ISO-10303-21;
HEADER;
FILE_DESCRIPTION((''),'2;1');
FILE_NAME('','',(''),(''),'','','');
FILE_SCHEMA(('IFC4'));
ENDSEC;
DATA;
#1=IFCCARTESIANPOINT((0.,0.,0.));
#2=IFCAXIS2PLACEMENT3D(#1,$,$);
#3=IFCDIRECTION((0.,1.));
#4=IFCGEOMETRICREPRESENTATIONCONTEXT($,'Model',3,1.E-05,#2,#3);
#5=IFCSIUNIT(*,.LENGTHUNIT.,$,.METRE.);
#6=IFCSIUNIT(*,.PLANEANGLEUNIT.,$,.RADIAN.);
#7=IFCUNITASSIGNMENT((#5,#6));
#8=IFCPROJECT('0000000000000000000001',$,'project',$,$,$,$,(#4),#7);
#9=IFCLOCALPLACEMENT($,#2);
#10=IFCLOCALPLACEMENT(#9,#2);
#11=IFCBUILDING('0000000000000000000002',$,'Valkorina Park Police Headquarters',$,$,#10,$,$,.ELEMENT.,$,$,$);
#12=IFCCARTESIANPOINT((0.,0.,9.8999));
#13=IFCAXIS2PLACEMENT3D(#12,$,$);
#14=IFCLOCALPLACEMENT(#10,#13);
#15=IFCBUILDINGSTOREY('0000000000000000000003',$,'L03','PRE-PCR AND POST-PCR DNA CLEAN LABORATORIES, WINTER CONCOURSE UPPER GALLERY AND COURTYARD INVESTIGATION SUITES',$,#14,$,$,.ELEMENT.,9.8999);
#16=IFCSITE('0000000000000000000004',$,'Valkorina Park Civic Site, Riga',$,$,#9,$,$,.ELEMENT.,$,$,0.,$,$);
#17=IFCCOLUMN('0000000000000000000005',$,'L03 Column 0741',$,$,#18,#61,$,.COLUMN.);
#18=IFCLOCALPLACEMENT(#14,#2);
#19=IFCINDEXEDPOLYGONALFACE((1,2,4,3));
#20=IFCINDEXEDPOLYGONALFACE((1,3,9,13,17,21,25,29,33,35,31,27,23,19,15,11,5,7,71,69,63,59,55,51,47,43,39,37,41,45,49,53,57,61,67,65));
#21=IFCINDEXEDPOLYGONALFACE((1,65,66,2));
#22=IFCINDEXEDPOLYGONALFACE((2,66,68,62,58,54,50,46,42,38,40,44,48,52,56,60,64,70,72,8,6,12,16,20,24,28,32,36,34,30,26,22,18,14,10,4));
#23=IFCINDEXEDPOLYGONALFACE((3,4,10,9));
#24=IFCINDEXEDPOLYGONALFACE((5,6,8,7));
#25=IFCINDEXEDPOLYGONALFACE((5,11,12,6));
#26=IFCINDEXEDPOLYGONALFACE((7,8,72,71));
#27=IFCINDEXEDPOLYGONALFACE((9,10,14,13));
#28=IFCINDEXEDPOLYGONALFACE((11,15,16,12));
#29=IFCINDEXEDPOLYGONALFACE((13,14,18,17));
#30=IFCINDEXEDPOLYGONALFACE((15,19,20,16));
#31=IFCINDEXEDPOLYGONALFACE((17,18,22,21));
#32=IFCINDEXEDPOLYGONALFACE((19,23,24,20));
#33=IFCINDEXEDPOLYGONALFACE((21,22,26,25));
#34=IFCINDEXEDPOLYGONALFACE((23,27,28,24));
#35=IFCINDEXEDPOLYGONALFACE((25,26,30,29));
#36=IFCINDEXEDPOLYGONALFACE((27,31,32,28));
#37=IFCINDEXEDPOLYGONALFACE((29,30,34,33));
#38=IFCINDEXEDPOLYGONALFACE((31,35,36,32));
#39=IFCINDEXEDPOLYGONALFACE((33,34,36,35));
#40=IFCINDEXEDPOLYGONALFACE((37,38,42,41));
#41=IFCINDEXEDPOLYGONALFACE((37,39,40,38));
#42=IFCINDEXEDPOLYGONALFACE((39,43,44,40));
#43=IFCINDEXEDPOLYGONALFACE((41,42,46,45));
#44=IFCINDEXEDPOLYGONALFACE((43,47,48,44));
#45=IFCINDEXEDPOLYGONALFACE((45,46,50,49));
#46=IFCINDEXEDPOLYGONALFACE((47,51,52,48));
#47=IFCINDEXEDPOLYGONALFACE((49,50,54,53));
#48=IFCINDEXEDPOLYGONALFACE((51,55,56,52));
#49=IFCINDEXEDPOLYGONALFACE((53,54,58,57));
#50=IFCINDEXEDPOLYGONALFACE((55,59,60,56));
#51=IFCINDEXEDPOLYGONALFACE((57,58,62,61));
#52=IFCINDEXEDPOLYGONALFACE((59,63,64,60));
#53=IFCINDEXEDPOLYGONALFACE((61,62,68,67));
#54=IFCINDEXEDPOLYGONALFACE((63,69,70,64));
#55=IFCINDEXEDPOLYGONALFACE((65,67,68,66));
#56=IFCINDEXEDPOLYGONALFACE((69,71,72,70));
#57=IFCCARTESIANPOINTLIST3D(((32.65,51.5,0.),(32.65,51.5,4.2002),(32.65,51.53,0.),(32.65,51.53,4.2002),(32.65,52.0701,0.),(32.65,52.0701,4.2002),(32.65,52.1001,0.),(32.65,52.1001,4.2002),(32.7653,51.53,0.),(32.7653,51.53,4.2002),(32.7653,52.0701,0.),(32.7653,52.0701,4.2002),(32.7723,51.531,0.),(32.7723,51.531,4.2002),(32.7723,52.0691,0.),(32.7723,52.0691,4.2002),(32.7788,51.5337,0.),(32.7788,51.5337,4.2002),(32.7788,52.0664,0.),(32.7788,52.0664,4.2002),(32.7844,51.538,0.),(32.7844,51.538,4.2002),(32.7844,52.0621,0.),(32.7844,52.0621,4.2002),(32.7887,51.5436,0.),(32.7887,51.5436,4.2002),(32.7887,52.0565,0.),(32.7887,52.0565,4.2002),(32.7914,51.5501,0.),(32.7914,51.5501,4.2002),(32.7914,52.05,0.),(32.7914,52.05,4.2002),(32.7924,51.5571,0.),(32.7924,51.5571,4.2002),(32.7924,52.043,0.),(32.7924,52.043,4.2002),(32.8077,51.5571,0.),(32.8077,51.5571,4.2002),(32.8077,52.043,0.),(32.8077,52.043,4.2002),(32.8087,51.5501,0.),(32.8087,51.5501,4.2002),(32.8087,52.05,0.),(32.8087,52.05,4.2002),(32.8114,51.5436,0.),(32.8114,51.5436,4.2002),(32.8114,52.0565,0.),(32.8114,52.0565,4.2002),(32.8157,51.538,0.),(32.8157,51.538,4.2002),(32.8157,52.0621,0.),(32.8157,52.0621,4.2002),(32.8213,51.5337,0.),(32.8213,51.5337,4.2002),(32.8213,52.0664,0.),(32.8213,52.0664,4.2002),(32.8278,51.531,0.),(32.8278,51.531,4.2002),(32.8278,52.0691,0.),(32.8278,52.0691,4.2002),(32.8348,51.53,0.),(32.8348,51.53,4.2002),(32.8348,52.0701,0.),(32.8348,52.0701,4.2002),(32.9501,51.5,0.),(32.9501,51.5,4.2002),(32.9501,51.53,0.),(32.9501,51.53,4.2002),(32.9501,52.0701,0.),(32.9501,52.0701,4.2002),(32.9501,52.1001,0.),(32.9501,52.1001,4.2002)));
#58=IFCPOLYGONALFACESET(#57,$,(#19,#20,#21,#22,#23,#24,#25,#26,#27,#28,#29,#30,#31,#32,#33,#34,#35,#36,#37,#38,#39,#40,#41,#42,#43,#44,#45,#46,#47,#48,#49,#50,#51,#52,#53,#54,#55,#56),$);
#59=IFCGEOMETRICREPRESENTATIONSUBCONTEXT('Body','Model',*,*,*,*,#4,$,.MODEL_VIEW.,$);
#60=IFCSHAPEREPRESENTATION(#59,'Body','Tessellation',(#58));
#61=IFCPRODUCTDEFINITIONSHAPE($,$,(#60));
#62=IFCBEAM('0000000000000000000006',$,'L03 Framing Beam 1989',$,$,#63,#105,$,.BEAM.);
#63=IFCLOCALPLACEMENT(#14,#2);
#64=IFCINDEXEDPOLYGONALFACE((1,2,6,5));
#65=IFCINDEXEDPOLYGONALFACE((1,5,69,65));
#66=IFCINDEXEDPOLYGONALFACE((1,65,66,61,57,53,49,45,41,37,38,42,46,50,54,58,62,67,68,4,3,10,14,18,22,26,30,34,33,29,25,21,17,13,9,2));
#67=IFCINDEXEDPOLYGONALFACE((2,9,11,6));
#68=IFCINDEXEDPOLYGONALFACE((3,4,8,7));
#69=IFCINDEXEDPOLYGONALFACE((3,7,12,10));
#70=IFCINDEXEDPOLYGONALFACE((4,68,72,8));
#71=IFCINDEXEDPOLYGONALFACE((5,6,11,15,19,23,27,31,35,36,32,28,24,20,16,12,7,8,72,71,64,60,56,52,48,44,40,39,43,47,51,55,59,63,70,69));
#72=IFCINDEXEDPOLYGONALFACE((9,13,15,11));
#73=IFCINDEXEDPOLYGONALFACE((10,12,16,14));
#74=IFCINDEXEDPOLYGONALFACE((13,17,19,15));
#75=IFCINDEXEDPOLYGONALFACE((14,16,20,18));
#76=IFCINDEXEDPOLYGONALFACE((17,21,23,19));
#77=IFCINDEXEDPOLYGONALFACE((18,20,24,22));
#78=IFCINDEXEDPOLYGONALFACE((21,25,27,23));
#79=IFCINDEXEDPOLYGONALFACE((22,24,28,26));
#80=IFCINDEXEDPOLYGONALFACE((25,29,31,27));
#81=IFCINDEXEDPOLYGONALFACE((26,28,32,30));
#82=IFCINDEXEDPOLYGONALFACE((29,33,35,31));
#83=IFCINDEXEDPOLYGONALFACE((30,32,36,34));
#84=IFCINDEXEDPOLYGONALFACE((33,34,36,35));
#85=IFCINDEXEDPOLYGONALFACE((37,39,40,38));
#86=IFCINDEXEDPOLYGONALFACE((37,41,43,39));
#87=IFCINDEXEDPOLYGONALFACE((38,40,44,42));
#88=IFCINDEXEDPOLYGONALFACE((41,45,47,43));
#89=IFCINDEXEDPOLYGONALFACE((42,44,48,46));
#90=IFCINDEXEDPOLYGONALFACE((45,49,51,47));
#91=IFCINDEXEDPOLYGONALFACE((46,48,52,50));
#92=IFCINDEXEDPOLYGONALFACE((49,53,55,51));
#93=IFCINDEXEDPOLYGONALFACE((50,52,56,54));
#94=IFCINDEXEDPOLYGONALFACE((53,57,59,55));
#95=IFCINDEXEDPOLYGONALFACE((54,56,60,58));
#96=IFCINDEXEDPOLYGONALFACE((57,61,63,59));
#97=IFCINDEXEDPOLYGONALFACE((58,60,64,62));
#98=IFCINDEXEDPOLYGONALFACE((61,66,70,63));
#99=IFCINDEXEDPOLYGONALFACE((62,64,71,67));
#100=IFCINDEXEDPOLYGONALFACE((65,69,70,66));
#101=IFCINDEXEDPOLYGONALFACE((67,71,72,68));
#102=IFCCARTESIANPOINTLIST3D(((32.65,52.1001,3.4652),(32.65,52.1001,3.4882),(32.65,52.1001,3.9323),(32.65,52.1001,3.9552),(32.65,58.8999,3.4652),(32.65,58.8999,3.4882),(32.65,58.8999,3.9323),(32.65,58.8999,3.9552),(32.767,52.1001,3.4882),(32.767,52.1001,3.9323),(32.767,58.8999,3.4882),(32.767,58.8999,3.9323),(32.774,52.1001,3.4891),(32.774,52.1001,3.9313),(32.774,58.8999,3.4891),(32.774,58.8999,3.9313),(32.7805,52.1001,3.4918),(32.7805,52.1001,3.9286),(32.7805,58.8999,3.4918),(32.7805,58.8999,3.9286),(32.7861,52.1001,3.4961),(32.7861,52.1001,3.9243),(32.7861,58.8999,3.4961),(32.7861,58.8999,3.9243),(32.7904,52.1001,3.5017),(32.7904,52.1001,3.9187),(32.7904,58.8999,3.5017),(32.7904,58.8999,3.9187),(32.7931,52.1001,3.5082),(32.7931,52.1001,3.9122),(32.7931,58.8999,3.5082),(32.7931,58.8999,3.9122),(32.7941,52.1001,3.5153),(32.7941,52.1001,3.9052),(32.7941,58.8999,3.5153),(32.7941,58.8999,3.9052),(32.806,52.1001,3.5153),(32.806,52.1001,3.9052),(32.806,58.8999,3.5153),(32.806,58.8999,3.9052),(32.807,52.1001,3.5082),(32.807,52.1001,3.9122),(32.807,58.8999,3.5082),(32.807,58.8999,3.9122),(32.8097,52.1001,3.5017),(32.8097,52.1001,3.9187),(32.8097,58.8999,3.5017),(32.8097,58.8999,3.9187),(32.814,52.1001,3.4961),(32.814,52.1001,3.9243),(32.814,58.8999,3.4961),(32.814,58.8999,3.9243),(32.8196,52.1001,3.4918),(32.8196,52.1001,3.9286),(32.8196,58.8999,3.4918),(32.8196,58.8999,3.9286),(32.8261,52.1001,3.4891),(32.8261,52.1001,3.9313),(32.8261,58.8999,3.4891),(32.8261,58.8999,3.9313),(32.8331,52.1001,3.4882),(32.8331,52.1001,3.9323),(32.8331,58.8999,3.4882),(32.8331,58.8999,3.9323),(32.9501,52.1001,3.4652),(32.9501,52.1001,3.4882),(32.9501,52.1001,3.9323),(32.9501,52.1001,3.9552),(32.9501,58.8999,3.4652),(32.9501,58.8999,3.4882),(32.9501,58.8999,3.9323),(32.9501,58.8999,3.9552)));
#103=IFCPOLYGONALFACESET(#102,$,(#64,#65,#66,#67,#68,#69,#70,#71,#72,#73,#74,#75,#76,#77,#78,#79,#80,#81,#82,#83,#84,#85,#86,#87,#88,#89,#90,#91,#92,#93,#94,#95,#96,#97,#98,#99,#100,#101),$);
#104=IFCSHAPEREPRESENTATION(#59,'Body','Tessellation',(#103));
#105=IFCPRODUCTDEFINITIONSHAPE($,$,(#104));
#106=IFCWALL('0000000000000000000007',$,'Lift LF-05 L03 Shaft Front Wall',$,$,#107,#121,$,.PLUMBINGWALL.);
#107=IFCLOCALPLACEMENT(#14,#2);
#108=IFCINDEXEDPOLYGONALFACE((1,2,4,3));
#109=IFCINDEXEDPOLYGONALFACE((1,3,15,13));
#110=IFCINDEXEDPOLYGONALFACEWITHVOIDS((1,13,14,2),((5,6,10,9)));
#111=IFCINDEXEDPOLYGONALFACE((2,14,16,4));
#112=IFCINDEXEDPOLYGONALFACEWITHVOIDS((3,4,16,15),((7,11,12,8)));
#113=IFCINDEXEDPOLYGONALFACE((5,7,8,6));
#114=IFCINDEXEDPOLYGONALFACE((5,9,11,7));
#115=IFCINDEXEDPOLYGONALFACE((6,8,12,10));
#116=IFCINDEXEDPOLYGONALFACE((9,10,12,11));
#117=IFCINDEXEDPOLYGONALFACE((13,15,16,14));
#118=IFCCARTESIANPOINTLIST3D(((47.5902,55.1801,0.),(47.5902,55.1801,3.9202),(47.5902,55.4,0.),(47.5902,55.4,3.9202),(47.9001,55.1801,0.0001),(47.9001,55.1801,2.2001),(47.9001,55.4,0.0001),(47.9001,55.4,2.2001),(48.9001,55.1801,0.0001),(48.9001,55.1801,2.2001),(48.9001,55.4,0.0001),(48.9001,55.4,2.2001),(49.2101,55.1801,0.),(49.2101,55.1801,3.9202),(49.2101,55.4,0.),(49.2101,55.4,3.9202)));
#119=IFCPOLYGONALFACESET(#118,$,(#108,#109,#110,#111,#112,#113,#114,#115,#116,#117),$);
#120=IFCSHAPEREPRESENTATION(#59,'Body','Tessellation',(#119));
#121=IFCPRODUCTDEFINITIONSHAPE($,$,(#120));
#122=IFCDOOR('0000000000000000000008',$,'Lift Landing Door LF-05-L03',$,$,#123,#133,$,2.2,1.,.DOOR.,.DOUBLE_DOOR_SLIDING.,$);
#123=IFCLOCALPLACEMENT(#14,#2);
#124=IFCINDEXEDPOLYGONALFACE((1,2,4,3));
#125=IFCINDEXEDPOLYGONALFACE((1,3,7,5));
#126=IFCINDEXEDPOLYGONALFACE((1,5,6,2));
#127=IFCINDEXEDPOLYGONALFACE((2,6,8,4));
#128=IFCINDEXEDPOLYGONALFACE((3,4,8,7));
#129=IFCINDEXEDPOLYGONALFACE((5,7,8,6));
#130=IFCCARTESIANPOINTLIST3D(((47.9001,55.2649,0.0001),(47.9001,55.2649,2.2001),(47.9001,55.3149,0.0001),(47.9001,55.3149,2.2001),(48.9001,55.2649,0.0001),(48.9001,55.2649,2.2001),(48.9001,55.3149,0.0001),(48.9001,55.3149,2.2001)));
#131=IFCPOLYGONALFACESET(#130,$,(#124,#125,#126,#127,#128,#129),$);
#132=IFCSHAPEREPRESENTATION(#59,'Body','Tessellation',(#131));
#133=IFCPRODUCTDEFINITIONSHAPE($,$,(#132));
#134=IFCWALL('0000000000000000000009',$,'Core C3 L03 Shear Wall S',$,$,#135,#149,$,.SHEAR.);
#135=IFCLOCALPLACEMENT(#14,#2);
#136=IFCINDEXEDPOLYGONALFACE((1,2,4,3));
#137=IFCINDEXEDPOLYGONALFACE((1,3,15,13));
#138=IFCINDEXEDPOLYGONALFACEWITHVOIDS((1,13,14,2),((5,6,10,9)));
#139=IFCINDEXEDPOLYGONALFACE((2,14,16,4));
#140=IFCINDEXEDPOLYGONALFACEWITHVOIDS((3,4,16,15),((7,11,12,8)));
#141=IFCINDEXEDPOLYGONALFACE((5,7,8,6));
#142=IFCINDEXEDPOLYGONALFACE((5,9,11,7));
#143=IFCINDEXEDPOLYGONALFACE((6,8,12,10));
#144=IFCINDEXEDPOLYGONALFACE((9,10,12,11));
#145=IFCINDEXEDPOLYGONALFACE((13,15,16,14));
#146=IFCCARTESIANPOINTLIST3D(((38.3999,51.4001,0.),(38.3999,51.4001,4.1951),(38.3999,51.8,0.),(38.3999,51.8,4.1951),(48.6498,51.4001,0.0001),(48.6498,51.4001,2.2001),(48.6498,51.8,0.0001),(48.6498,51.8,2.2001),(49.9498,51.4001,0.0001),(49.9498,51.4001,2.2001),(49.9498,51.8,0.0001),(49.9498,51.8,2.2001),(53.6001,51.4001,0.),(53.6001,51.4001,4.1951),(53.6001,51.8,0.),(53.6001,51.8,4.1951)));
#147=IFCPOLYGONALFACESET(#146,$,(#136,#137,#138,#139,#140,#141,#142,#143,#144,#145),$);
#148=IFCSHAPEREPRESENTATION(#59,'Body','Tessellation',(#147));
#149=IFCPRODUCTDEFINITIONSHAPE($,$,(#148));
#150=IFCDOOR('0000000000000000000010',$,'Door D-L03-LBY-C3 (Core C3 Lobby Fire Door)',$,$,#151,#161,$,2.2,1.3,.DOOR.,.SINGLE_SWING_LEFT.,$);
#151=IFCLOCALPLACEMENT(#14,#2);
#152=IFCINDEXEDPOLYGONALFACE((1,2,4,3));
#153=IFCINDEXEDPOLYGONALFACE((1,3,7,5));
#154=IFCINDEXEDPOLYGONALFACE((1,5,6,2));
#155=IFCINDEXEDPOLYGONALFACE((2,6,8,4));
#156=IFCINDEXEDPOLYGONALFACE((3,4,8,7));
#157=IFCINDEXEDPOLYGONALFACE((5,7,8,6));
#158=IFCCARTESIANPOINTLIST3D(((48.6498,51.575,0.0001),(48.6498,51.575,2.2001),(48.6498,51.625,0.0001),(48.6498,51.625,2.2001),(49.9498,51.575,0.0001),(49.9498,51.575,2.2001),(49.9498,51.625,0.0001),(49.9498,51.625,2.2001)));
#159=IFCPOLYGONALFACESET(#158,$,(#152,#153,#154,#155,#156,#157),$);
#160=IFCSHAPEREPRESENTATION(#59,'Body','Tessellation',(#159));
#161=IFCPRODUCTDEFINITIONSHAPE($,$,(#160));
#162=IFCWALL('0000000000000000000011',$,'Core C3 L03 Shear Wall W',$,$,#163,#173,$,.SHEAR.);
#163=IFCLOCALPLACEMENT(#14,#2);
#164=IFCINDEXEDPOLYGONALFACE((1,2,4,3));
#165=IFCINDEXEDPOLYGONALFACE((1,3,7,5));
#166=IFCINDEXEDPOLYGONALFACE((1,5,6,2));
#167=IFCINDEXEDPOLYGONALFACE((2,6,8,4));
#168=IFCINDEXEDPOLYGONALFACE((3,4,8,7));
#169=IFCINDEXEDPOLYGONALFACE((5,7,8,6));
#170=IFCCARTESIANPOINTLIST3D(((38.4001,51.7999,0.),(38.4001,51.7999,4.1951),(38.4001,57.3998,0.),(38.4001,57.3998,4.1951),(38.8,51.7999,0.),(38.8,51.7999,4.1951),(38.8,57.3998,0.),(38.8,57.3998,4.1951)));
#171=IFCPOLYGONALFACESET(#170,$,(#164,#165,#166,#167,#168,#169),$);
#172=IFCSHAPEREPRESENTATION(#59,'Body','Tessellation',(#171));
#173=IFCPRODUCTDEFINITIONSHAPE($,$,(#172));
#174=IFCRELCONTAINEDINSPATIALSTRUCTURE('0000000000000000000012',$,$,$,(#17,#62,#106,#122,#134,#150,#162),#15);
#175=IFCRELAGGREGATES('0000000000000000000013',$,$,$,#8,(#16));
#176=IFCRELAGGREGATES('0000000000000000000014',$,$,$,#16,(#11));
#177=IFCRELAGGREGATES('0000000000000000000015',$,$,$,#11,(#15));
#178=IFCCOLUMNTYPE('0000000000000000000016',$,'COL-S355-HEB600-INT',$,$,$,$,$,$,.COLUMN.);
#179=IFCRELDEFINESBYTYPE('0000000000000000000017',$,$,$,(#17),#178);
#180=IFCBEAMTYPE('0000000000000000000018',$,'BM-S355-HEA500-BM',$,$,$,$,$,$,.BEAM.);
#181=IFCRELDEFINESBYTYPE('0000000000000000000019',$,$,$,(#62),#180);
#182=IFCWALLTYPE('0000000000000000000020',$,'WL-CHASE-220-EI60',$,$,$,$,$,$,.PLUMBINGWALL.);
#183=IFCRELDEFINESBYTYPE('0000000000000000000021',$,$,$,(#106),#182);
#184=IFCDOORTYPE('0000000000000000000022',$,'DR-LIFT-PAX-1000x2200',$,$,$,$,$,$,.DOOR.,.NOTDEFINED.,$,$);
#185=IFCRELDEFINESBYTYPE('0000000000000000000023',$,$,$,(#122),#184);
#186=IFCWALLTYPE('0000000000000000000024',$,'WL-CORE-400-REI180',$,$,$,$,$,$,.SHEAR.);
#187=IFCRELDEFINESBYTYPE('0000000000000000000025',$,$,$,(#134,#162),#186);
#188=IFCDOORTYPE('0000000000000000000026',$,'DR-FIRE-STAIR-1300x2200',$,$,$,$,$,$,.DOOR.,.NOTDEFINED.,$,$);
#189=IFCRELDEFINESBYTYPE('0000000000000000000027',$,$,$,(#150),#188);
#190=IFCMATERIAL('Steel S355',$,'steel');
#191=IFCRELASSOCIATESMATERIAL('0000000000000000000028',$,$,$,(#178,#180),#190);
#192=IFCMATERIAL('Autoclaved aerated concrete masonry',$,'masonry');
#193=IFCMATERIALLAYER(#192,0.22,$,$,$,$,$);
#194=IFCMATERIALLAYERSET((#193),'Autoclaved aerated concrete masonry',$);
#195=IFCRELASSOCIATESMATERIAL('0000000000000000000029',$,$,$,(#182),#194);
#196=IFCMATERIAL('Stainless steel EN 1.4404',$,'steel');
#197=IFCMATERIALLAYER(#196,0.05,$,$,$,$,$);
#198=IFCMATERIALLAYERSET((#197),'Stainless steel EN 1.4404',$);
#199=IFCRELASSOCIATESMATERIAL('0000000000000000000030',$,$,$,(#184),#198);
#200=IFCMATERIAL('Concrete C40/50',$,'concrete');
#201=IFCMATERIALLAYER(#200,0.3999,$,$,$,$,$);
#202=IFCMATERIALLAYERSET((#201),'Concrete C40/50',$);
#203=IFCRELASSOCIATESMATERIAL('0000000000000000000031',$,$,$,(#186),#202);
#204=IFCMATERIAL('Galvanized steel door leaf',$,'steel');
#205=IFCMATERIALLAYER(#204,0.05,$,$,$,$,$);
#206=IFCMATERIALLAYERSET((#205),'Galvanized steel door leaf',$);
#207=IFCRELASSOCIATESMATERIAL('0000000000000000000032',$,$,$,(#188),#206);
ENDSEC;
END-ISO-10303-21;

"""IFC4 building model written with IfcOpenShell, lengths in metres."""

from ifc_helpers import new_model, si_unit, direction, frame, frame_2d, origin, origin_2d, place, context, subcontext, project, spatial, rectangle, i_section, extrude, material, layer, layer_set, material_profile, profile_set, type_object, element, fill, save


model = new_model("IFC4")

# Units and contexts
model_context = context("Model", 3, precision=1e-05, world=origin(), true_north=direction((0.0, 1.0)))
body_context = subcontext(model_context, "Body", "Model", "MODEL_VIEW")
ifc_project = project(units=[si_unit("LENGTHUNIT", "METRE"), si_unit("PLANEANGLEUNIT", "RADIAN")], contexts=[model_context])

# Site, building, storey
site_placement = place(None, origin())
site = spatial("IfcSite", under=ifc_project, at=site_placement, Name="Valkorina Park Civic Site, Riga", CompositionType="ELEMENT", RefElevation=0.0)
building_placement = place(site_placement, origin())
building = spatial("IfcBuilding", under=site, at=building_placement, Name="Valkorina Park Police Headquarters", CompositionType="ELEMENT")
storey_placement = place(building_placement, frame((0.0, 0.0, 9.8999)))
storey = spatial("IfcBuildingStorey", under=building, at=storey_placement, Name="L03", Description="PRE-PCR AND POST-PCR DNA CLEAN LABORATORIES, WINTER CONCOURSE UPPER GALLERY AND COURTYARD INVESTIGATION SUITES", CompositionType="ELEMENT", Elevation=9.8999)

# Column
ifc_material_1 = material(Name="Steel S355", Category="steel")
ifc_material_profile_1 = material_profile(ifc_material_1, i_section(OverallWidth=0.3, OverallDepth=0.6001, WebThickness=0.0154, FlangeThickness=0.03, FilletRadius=0.0271, at=origin_2d()), Name="HEB 600")
ifc_profile_set_1 = profile_set([ifc_material_profile_1], Name="Steel S355")
column_type = type_object("IfcColumnType", Name="COL-S355-HEB600-INT", PredefinedType="COLUMN", material=ifc_profile_set_1)
column_placement = place(storey_placement, frame((32.8, 51.8, 0.0), z_axis=(0.0, 0.0, 1.0), x_axis=(1.0, 0.0, 0.0)))
element("IfcColumn", 1, at=column_placement, inside=storey, type_object=column_type, Name="L03 Column 0741", PredefinedType="COLUMN", context=body_context, shape_type="SweptSolid", body=[
    extrude(i_section(OverallWidth=0.3, OverallDepth=0.6001, WebThickness=0.0154, FlangeThickness=0.03, FilletRadius=0.0271, at=origin_2d()), origin(), (0.0, 0.0, 1.0), 4.2002),
])

# Beam
ifc_material_profile_2 = material_profile(ifc_material_1, i_section(OverallWidth=0.3, OverallDepth=0.49, WebThickness=0.012, FlangeThickness=0.0229, FilletRadius=0.0271, at=origin_2d()), Name="HEA 500")
ifc_profile_set_2 = profile_set([ifc_material_profile_2], Name="Steel S355")
beam_type = type_object("IfcBeamType", Name="BM-S355-HEA500-BM", PredefinedType="BEAM", material=ifc_profile_set_2)
beam_placement = place(storey_placement, frame((32.8, 52.1001, 3.7102), z_axis=(0.0, 1.0, 0.0), x_axis=(-1.0, 0.0, 0.0)))
element("IfcBeam", 2, at=beam_placement, inside=storey, type_object=beam_type, Name="L03 Framing Beam 1989", PredefinedType="BEAM", context=body_context, shape_type="SweptSolid", body=[
    extrude(i_section(OverallWidth=0.3, OverallDepth=0.49, WebThickness=0.012, FlangeThickness=0.0229, FilletRadius=0.0271, at=origin_2d()), origin(), (0.0, 0.0, 1.0), 6.7998),
])

# Walls, openings, doors
ifc_material_2 = material(Name="Autoclaved aerated concrete masonry", Category="masonry")
ifc_layer_1 = layer(ifc_material_2, 0.22)
ifc_layer_set_1 = layer_set([ifc_layer_1], Name="Autoclaved aerated concrete masonry")
wall_type_1 = type_object("IfcWallType", Name="WL-CHASE-220-EI60", PredefinedType="PLUMBINGWALL", material=ifc_layer_set_1)
wall_1_placement = place(storey_placement, frame((47.5901, 55.29, 0.0), z_axis=(0.0, 0.0, 1.0), x_axis=(1.0, 0.0, 0.0)))
wall_1 = element("IfcWall", 3, at=wall_1_placement, inside=storey, type_object=wall_type_1, Name="Lift LF-05 L03 Shaft Front Wall", PredefinedType="PLUMBINGWALL", context=body_context, shape_type="SweptSolid", body=[
    extrude(rectangle(XDim=1.6199, YDim=0.22, at=frame_2d((0.8101, 0.0))), origin(), (0.0, 0.0, 1.0), 3.9202),
])
opening_1_placement = place(wall_1_placement, frame((0.3101, 0.0, 0.0)))
opening_1 = element("IfcOpeningElement", 4, at=opening_1_placement, cuts=wall_1, PredefinedType="OPENING", context=body_context, shape_type="SweptSolid", body=[
    extrude(rectangle(XDim=1.0, YDim=2.2, at=frame_2d((0.5, 1.1001))), frame((0.0, 0.1201, 0.0), z_axis=(0.0, -1.0, 0.0), x_axis=(1.0, 0.0, 0.0)), (0.0, 0.0, 1.0), 0.24),
])
ifc_material_3 = material(Name="Stainless steel EN 1.4404", Category="steel")
ifc_layer_2 = layer(ifc_material_3, 0.05)
ifc_layer_set_2 = layer_set([ifc_layer_2], Name="Stainless steel EN 1.4404")
door_type_1 = type_object("IfcDoorType", Name="DR-LIFT-PAX-1000x2200", OperationType="NOTDEFINED", PredefinedType="DOOR", material=ifc_layer_set_2)
door_1_placement = place(opening_1_placement, origin())
door_1 = element("IfcDoor", 5, at=door_1_placement, inside=storey, type_object=door_type_1, Name="Lift Landing Door LF-05-L03", OperationType="DOUBLE_DOOR_SLIDING", OverallHeight=2.2, OverallWidth=1.0, PredefinedType="DOOR", context=body_context, shape_type="SweptSolid", body=[
    extrude(rectangle(XDim=1.0, YDim=2.2, at=frame_2d((0.5, 1.1001))), frame((0.0, 0.0249, 0.0), z_axis=(0.0, -1.0, 0.0), x_axis=(1.0, 0.0, 0.0)), (0.0, 0.0, 1.0), 0.05),
])
fill(opening_1, door_1)
ifc_material_4 = material(Name="Concrete C40/50", Category="concrete")
ifc_layer_3 = layer(ifc_material_4, 0.3999)
ifc_layer_set_3 = layer_set([ifc_layer_3], Name="Concrete C40/50")
wall_type_2 = type_object("IfcWallType", Name="WL-CORE-400-REI180", PredefinedType="SHEAR", material=ifc_layer_set_3)
wall_2_placement = place(storey_placement, frame((38.3999, 51.6001, 0.0), z_axis=(0.0, 0.0, 1.0), x_axis=(1.0, 0.0, 0.0)))
wall_2 = element("IfcWall", 6, at=wall_2_placement, inside=storey, type_object=wall_type_2, Name="Core C3 L03 Shear Wall S", PredefinedType="SHEAR", context=body_context, shape_type="SweptSolid", body=[
    extrude(rectangle(XDim=15.2002, YDim=0.3999, at=frame_2d((7.6001, 0.0))), origin(), (0.0, 0.0, 1.0), 4.1951),
])
opening_2_placement = place(wall_2_placement, frame((10.25, 0.0, 0.0)))
opening_2 = element("IfcOpeningElement", 7, at=opening_2_placement, cuts=wall_2, PredefinedType="OPENING", context=body_context, shape_type="SweptSolid", body=[
    extrude(rectangle(XDim=1.3, YDim=2.2, at=frame_2d((0.6499, 1.1001))), frame((0.0, 0.21, 0.0), z_axis=(0.0, -1.0, 0.0), x_axis=(1.0, 0.0, 0.0)), (0.0, 0.0, 1.0), 0.4199),
])
ifc_material_5 = material(Name="Galvanized steel door leaf", Category="steel")
ifc_layer_4 = layer(ifc_material_5, 0.05)
ifc_layer_set_4 = layer_set([ifc_layer_4], Name="Galvanized steel door leaf")
door_type_2 = type_object("IfcDoorType", Name="DR-FIRE-STAIR-1300x2200", OperationType="NOTDEFINED", PredefinedType="DOOR", material=ifc_layer_set_4)
door_2_placement = place(opening_2_placement, origin())
door_2 = element("IfcDoor", 8, at=door_2_placement, inside=storey, type_object=door_type_2, Name="Door D-L03-LBY-C3 (Core C3 Lobby Fire Door)", OperationType="SINGLE_SWING_LEFT", OverallHeight=2.2, OverallWidth=1.3, PredefinedType="DOOR", context=body_context, shape_type="SweptSolid", body=[
    extrude(rectangle(XDim=1.3, YDim=2.2, at=frame_2d((0.6499, 1.1001))), frame((0.0, 0.0249, 0.0), z_axis=(0.0, -1.0, 0.0), x_axis=(1.0, 0.0, 0.0)), (0.0, 0.0, 1.0), 0.05),
])
fill(opening_2, door_2)

# Wall
wall_3_placement = place(storey_placement, frame((38.6001, 51.8, 0.0), z_axis=(0.0, 0.0, 1.0), x_axis=(0.0, 1.0, 0.0)))
element("IfcWall", 9, at=wall_3_placement, inside=storey, type_object=wall_type_2, Name="Core C3 L03 Shear Wall W", PredefinedType="SHEAR", context=body_context, shape_type="SweptSolid", body=[
    extrude(rectangle(XDim=5.5999, YDim=0.3999, at=frame_2d((2.7998, 0.0))), origin(), (0.0, 0.0, 1.0), 4.1951),
])

save(model, "model.ifc")
